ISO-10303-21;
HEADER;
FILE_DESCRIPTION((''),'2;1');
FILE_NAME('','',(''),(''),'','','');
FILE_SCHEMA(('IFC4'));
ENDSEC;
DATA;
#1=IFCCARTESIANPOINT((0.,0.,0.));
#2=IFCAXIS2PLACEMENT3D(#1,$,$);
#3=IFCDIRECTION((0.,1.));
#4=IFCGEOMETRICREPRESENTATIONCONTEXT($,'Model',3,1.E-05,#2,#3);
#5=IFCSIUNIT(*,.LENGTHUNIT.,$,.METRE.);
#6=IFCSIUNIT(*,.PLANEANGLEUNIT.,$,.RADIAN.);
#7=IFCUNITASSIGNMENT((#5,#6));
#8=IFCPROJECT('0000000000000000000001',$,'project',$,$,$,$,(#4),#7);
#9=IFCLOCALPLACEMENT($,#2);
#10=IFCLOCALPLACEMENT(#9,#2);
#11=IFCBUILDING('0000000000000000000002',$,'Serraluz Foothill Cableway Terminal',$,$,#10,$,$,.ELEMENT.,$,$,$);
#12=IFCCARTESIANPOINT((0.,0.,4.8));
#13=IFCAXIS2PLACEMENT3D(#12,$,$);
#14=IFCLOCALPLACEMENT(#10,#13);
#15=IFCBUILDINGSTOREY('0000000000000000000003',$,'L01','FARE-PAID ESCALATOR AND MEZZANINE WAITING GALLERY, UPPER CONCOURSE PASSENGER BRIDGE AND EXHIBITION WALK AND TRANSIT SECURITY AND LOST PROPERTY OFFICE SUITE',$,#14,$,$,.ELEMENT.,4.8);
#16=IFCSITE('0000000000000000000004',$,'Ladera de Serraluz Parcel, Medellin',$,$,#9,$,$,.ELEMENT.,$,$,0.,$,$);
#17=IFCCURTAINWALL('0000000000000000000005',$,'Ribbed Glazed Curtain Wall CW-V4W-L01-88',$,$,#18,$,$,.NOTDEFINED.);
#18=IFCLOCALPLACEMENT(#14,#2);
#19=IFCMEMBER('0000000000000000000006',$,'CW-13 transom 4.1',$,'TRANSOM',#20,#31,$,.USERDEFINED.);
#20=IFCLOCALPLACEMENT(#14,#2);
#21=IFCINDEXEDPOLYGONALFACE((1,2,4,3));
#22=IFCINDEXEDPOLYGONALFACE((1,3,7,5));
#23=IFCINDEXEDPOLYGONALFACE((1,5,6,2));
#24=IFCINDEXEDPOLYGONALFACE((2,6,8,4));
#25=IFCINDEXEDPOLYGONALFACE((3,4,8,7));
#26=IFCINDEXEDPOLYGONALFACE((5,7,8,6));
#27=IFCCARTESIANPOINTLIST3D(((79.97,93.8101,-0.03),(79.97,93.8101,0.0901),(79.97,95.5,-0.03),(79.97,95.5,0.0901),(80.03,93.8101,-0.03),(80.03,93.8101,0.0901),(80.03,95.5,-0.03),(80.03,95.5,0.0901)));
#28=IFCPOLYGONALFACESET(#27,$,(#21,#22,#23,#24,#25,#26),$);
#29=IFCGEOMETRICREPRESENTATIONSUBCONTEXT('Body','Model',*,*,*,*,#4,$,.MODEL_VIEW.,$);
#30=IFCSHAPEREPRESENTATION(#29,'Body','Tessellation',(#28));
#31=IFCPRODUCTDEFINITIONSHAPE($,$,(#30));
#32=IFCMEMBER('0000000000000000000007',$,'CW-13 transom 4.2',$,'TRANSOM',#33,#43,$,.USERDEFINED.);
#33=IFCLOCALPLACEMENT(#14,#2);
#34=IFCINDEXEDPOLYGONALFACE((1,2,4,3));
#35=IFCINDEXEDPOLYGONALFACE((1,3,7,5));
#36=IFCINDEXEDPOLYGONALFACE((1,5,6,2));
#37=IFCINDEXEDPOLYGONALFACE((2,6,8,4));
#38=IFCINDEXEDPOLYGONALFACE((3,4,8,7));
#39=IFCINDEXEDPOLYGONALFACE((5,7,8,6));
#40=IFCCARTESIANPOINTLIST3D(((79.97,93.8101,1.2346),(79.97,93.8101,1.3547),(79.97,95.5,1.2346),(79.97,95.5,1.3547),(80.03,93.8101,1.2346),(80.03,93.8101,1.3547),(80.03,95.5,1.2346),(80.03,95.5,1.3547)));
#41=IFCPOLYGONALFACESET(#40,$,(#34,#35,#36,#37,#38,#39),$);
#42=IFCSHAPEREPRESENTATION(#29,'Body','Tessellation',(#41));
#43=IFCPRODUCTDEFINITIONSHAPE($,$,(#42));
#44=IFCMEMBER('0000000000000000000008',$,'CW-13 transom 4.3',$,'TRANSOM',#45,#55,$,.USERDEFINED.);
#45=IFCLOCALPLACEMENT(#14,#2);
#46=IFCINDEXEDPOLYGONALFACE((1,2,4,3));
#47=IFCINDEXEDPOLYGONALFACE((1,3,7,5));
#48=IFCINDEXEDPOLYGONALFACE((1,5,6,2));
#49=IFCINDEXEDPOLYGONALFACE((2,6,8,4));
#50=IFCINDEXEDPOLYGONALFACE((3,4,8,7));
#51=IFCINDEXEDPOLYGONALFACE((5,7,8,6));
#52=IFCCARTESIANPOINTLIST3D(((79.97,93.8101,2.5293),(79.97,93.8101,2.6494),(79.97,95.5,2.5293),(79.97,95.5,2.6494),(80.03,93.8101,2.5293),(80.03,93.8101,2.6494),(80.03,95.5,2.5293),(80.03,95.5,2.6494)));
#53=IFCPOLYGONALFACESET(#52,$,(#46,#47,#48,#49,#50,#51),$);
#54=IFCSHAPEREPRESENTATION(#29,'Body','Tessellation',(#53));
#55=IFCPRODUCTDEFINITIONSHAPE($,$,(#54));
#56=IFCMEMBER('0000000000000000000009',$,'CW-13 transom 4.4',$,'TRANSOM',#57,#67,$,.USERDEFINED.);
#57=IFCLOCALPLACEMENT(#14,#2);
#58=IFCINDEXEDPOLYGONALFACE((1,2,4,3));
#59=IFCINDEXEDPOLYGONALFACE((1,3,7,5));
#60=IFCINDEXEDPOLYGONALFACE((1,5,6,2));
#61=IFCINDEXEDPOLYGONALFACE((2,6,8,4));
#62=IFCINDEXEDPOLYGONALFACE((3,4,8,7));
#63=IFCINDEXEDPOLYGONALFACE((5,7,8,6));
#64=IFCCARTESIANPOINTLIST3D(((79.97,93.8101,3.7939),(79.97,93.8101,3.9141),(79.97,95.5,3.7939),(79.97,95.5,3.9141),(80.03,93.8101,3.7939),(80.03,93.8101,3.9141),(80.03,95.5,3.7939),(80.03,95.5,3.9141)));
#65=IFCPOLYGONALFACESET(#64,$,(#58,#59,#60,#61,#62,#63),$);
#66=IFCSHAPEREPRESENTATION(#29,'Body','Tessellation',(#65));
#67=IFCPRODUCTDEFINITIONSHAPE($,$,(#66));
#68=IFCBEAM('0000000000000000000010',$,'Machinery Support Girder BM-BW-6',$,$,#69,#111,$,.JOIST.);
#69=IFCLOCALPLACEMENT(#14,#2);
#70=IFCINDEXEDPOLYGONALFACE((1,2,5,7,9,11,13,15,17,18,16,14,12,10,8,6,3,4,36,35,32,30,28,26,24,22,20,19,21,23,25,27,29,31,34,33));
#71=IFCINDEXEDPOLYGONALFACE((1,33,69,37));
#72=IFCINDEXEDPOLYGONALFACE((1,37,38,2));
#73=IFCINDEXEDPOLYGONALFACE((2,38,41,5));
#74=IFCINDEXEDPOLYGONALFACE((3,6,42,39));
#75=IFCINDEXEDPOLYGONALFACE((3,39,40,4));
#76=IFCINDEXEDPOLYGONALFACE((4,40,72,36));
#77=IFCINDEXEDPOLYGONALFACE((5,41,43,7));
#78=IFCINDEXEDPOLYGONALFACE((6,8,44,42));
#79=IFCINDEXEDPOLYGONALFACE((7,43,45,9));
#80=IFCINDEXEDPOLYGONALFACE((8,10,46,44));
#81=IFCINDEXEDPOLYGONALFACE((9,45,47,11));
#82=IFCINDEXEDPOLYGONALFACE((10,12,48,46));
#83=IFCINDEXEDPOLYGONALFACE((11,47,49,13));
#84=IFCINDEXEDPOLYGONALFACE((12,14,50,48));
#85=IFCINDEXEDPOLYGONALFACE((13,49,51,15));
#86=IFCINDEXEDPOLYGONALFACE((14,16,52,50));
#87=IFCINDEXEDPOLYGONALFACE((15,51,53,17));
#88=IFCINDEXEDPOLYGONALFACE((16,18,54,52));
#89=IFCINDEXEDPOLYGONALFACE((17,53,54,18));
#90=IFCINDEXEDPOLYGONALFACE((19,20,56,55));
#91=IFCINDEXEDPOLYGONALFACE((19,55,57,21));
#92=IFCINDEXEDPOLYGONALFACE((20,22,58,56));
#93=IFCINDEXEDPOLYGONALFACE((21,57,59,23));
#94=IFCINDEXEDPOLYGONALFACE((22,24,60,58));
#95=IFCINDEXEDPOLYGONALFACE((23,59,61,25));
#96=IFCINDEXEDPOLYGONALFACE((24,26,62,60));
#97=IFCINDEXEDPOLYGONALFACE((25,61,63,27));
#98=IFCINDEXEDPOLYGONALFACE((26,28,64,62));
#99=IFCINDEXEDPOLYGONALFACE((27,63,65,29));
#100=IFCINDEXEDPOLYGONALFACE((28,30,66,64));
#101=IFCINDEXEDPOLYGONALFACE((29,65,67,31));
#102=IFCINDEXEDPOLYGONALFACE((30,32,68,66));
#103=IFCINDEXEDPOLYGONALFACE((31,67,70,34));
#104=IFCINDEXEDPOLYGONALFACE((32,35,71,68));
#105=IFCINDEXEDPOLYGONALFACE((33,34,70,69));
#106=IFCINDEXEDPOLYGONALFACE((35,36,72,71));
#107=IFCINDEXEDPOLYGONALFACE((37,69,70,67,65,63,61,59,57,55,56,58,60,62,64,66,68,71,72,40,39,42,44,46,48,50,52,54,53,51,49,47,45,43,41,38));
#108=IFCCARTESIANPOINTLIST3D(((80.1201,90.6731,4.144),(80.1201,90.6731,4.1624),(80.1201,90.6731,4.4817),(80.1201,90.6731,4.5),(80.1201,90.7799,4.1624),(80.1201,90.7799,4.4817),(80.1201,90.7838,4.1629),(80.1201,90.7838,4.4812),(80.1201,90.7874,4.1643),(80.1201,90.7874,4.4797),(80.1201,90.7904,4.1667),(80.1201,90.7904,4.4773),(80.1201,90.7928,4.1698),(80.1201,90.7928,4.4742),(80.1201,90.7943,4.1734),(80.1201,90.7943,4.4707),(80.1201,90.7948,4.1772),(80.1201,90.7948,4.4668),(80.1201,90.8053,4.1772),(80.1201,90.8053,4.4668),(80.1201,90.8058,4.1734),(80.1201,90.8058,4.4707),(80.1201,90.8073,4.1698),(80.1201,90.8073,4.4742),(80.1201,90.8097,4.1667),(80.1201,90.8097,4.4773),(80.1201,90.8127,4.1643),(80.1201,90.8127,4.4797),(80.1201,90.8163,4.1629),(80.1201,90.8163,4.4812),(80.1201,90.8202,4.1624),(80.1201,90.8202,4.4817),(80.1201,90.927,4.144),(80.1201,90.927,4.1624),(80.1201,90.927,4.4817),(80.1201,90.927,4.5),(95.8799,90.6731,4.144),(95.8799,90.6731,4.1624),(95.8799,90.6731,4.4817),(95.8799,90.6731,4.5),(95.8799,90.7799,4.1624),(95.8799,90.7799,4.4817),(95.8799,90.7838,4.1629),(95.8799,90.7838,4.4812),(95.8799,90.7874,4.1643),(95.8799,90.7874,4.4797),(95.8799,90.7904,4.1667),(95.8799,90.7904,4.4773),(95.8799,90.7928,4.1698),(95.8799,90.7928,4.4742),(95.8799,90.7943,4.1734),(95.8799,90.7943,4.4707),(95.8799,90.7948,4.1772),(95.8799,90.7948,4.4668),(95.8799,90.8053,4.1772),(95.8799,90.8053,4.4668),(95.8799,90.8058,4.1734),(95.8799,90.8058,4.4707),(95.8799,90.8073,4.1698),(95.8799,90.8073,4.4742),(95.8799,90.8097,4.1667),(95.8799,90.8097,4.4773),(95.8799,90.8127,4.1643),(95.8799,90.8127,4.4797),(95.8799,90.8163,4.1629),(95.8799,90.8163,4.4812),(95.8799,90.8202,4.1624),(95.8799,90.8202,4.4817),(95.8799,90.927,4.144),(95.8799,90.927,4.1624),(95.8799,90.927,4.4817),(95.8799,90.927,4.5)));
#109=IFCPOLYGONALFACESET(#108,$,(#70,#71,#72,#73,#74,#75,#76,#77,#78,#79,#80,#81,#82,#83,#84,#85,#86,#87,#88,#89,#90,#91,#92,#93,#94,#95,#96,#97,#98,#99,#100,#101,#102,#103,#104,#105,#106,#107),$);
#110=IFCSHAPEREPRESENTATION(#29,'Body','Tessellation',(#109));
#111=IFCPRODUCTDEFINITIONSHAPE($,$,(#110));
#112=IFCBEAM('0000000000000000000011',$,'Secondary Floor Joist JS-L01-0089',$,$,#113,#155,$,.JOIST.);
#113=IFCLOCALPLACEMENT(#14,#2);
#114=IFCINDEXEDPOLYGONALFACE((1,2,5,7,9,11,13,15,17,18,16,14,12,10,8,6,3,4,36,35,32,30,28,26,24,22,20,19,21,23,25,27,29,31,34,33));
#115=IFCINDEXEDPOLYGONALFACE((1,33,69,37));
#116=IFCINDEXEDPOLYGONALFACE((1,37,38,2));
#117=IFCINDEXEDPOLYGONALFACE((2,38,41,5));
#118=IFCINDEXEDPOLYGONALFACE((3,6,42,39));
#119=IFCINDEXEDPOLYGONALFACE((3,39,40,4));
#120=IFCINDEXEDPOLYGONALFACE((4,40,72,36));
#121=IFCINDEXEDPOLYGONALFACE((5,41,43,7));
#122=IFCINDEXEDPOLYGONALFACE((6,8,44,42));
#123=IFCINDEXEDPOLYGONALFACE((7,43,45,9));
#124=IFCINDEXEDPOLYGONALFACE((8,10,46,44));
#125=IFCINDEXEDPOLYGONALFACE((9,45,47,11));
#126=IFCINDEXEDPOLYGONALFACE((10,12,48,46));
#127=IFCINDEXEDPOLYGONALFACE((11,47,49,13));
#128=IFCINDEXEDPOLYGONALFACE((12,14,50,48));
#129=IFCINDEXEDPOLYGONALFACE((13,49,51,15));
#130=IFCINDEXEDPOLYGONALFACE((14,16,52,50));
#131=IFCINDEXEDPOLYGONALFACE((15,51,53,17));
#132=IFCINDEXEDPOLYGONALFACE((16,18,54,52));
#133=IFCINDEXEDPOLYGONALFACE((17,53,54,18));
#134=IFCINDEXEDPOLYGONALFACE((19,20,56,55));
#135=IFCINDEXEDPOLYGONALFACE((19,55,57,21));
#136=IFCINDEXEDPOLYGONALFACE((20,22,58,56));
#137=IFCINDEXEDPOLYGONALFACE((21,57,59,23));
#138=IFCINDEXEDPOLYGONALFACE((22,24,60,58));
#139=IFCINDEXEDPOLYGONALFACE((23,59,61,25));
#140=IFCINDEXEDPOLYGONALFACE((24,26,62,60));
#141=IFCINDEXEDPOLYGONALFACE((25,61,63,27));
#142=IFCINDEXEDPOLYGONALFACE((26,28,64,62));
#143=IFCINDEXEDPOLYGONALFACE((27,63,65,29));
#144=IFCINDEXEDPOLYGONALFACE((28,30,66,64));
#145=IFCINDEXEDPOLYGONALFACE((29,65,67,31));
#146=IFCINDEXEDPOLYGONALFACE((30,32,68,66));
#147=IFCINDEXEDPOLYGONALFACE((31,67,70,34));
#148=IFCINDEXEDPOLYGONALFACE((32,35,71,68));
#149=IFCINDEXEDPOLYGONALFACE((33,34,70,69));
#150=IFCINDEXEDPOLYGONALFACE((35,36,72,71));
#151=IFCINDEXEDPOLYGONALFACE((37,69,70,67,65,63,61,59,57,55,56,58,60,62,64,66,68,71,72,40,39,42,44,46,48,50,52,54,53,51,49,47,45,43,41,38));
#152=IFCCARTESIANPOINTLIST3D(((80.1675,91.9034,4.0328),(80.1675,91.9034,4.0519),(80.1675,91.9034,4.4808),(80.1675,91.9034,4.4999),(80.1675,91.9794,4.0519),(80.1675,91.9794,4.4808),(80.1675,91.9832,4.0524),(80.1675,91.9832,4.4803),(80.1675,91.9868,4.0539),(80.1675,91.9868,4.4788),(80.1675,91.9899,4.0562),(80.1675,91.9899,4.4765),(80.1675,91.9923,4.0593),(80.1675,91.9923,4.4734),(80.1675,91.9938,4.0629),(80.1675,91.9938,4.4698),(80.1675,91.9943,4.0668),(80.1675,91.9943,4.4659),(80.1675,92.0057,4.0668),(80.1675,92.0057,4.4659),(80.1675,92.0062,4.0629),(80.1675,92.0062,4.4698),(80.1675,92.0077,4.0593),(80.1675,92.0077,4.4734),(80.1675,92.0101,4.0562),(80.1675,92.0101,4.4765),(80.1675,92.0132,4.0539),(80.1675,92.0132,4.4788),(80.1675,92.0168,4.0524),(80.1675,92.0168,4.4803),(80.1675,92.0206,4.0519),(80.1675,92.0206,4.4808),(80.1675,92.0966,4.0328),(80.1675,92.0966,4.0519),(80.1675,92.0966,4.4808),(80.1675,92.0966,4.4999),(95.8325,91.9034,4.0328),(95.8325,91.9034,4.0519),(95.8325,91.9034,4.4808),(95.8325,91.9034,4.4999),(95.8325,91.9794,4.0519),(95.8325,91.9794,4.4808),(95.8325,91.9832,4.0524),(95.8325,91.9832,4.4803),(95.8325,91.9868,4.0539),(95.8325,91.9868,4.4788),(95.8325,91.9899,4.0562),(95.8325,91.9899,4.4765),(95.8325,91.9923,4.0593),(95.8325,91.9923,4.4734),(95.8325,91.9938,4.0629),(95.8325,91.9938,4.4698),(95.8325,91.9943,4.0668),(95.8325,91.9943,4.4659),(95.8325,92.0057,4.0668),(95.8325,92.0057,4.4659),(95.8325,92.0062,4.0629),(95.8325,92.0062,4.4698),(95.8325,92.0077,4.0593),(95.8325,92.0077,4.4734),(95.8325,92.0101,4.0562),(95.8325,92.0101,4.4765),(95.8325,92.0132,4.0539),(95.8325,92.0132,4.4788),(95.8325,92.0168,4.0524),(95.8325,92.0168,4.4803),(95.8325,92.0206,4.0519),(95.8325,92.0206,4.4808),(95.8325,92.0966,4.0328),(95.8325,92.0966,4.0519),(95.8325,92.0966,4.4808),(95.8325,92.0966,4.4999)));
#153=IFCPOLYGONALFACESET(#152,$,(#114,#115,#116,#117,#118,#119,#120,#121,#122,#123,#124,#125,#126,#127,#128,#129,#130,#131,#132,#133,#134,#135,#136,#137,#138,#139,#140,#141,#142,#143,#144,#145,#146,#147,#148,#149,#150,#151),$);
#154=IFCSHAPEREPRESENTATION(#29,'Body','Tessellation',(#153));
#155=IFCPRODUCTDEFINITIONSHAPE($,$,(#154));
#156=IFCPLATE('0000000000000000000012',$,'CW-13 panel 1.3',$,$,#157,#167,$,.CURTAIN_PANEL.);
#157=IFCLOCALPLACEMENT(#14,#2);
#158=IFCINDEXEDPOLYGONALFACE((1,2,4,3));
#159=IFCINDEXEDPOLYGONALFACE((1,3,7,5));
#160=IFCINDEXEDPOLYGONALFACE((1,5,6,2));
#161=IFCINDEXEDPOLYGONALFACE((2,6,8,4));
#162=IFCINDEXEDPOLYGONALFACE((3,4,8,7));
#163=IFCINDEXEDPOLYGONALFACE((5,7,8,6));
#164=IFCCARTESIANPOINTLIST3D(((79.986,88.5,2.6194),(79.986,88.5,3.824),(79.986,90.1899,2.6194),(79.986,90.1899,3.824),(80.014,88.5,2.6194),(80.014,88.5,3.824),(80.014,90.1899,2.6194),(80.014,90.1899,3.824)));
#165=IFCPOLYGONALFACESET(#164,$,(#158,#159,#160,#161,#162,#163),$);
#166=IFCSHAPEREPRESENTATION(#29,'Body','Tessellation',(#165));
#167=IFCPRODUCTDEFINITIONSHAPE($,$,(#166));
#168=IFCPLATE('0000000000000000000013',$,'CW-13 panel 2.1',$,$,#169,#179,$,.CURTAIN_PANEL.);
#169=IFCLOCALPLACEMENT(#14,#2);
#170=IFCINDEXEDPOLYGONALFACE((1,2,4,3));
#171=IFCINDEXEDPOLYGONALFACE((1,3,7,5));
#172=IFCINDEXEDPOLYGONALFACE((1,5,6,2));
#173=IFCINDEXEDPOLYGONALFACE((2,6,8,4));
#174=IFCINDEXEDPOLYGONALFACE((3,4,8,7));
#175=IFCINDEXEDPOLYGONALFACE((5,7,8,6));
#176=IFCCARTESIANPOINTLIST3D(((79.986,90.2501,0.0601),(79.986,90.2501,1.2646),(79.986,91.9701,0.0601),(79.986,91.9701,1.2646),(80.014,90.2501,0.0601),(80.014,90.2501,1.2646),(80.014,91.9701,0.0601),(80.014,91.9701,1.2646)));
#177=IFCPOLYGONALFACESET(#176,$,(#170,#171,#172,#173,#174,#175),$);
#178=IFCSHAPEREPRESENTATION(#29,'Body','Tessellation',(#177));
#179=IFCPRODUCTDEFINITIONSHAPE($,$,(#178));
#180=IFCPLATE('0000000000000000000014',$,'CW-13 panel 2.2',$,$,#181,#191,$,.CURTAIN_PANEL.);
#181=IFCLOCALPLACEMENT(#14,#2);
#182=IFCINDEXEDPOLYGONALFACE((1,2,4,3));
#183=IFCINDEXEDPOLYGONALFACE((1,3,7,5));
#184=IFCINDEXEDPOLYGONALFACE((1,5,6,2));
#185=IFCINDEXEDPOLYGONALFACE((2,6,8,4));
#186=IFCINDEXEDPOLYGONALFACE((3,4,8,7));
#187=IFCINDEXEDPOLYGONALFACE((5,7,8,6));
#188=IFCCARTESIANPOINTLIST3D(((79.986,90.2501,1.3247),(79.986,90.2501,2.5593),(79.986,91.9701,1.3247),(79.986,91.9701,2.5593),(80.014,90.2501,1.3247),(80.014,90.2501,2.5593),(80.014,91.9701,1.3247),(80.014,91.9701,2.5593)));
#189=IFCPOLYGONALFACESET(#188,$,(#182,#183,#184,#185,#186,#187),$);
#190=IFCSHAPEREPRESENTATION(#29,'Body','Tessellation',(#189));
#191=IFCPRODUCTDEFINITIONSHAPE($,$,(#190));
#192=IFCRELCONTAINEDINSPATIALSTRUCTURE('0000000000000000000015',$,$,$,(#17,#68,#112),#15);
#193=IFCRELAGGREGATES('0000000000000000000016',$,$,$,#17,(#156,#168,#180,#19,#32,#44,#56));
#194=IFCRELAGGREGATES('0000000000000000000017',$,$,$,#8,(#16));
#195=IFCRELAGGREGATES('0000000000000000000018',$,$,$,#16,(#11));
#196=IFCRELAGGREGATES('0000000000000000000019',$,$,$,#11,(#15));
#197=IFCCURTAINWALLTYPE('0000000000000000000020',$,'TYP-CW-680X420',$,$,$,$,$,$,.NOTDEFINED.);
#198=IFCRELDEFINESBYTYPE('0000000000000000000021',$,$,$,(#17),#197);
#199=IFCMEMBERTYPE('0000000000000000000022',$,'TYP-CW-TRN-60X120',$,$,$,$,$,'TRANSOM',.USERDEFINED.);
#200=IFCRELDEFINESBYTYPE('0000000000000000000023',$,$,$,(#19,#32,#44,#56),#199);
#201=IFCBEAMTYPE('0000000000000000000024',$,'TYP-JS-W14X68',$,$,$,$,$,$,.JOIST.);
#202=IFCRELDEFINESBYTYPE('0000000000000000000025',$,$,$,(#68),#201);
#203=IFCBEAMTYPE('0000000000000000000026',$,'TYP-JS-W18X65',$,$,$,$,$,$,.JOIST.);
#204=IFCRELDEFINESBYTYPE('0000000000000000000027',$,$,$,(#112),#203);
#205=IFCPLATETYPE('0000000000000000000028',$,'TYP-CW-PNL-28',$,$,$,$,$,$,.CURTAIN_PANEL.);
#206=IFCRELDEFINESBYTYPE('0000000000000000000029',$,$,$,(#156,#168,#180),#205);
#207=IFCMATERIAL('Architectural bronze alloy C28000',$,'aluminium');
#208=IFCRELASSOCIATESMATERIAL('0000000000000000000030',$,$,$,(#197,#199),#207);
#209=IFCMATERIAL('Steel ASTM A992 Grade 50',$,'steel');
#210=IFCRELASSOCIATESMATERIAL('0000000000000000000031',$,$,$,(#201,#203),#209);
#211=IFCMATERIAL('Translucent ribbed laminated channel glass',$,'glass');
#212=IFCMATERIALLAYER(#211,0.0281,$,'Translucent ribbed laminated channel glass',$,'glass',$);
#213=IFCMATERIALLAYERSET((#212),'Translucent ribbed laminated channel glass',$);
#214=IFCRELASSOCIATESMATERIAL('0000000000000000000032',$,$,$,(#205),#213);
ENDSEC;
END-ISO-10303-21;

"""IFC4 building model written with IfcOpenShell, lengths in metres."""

from ifc_helpers import new_model, si_unit, direction, frame, origin, origin_2d, place, context, subcontext, project, spatial, rectangle, i_section, extrude, material, layer, layer_set, material_profile, profile_set, type_object, element, aggregate, save


model = new_model("IFC4")

# Units and contexts
model_context = context("Model", 3, precision=1e-05, world=origin(), true_north=direction((0.0, 1.0)))
body_context = subcontext(model_context, "Body", "Model", "MODEL_VIEW")
ifc_project = project(units=[si_unit("LENGTHUNIT", "METRE"), si_unit("PLANEANGLEUNIT", "RADIAN")], contexts=[model_context])

# Site, building, storey
site_placement = place(None, origin())
site = spatial("IfcSite", under=ifc_project, at=site_placement, Name="Ladera de Serraluz Parcel, Medellin", CompositionType="ELEMENT", RefElevation=0.0)
building_placement = place(site_placement, origin())
building = spatial("IfcBuilding", under=site, at=building_placement, Name="Serraluz Foothill Cableway Terminal", CompositionType="ELEMENT")
storey_placement = place(building_placement, frame((0.0, 0.0, 4.8)))
storey = spatial("IfcBuildingStorey", under=building, at=storey_placement, Name="L01", Description="FARE-PAID ESCALATOR AND MEZZANINE WAITING GALLERY, UPPER CONCOURSE PASSENGER BRIDGE AND EXHIBITION WALK AND TRANSIT SECURITY AND LOST PROPERTY OFFICE SUITE", CompositionType="ELEMENT", Elevation=4.8)

# Curtain wall, members
ifc_material_1 = material(Name="Architectural bronze alloy C28000", Category="aluminium")
curtain_wall_type = type_object("IfcCurtainWallType", Name="TYP-CW-680X420", PredefinedType="NOTDEFINED", material=ifc_material_1)
curtain_wall_placement = place(storey_placement, origin())
curtain_wall = element("IfcCurtainWall", 1, at=curtain_wall_placement, inside=storey, type_object=curtain_wall_type, Name="Ribbed Glazed Curtain Wall CW-V4W-L01-88", PredefinedType="NOTDEFINED")
ifc_material_profile_1 = material_profile(ifc_material_1, rectangle(XDim=0.0601, YDim=0.1201, at=origin_2d()), Name="ALU TRANSOM 60x120")
ifc_profile_set_1 = profile_set([ifc_material_profile_1], Name="Architectural bronze alloy C28000")
member_type_1 = type_object("IfcMemberType", Name="TYP-CW-TRN-60X120", ElementType="TRANSOM", PredefinedType="USERDEFINED", material=ifc_profile_set_1)
member_1_placement = place(storey_placement, frame((80.0, 93.8101, 0.03), z_axis=(0.0, 1.0, 0.0), x_axis=(-1.0, 0.0, 0.0)))
member_1 = element("IfcMember", 2, at=member_1_placement, type_object=member_type_1, Name="CW-13 transom 4.1", ObjectType="TRANSOM", PredefinedType="USERDEFINED", context=body_context, shape_type="SweptSolid", body=[
    extrude(rectangle(XDim=0.0601, YDim=0.1201, at=origin_2d()), origin(), (0.0, 0.0, 1.0), 1.6899),
])
member_2_placement = place(storey_placement, frame((80.0, 93.8101, 1.2947), z_axis=(0.0, 1.0, 0.0), x_axis=(-1.0, 0.0, 0.0)))
member_2 = element("IfcMember", 3, at=member_2_placement, type_object=member_type_1, Name="CW-13 transom 4.2", ObjectType="TRANSOM", PredefinedType="USERDEFINED", context=body_context, shape_type="SweptSolid", body=[
    extrude(rectangle(XDim=0.0601, YDim=0.1201, at=origin_2d()), origin(), (0.0, 0.0, 1.0), 1.6899),
])
member_3_placement = place(storey_placement, frame((80.0, 93.8101, 2.5894), z_axis=(0.0, 1.0, 0.0), x_axis=(-1.0, 0.0, 0.0)))
member_3 = element("IfcMember", 4, at=member_3_placement, type_object=member_type_1, Name="CW-13 transom 4.3", ObjectType="TRANSOM", PredefinedType="USERDEFINED", context=body_context, shape_type="SweptSolid", body=[
    extrude(rectangle(XDim=0.0601, YDim=0.1201, at=origin_2d()), origin(), (0.0, 0.0, 1.0), 1.6899),
])
member_4_placement = place(storey_placement, frame((80.0, 93.8101, 3.854), z_axis=(0.0, 1.0, 0.0), x_axis=(-1.0, 0.0, 0.0)))
member_4 = element("IfcMember", 5, at=member_4_placement, type_object=member_type_1, Name="CW-13 transom 4.4", ObjectType="TRANSOM", PredefinedType="USERDEFINED", context=body_context, shape_type="SweptSolid", body=[
    extrude(rectangle(XDim=0.0601, YDim=0.1201, at=origin_2d()), origin(), (0.0, 0.0, 1.0), 1.6899),
])

# Beams
ifc_material_2 = material(Name="Steel ASTM A992 Grade 50", Category="steel")
ifc_material_profile_2 = material_profile(ifc_material_2, i_section(OverallWidth=0.2539, OverallDepth=0.356, WebThickness=0.0105, FlangeThickness=0.0183, FilletRadius=0.0149, at=origin_2d()), Name="W14X68")
ifc_profile_set_2 = profile_set([ifc_material_profile_2], Name="Steel ASTM A992 Grade 50")
beam_type_1 = type_object("IfcBeamType", Name="TYP-JS-W14X68", PredefinedType="JOIST", material=ifc_profile_set_2)
beam_1_placement = place(storey_placement, frame((80.1201, 90.8, 4.322), z_axis=(1.0, 0.0, 0.0), x_axis=(0.0, 1.0, 0.0)))
element("IfcBeam", 6, at=beam_1_placement, inside=storey, type_object=beam_type_1, Name="Machinery Support Girder BM-BW-6", PredefinedType="JOIST", context=body_context, shape_type="SweptSolid", body=[
    extrude(i_section(OverallWidth=0.2539, OverallDepth=0.356, WebThickness=0.0105, FlangeThickness=0.0183, FilletRadius=0.0149, at=origin_2d()), origin(), (0.0, 0.0, 1.0), 15.7598),
])
ifc_material_profile_3 = material_profile(ifc_material_2, i_section(OverallWidth=0.1931, OverallDepth=0.467, WebThickness=0.0115, FlangeThickness=0.019, FilletRadius=0.0149, at=origin_2d()), Name="W18X65")
ifc_profile_set_3 = profile_set([ifc_material_profile_3], Name="Steel ASTM A992 Grade 50")
beam_type_2 = type_object("IfcBeamType", Name="TYP-JS-W18X65", PredefinedType="JOIST", material=ifc_profile_set_3)
beam_2_placement = place(storey_placement, frame((80.1675, 92.0, 4.2664), z_axis=(1.0, 0.0, 0.0), x_axis=(0.0, 1.0, 0.0)))
element("IfcBeam", 7, at=beam_2_placement, inside=storey, type_object=beam_type_2, Name="Secondary Floor Joist JS-L01-0089", PredefinedType="JOIST", context=body_context, shape_type="SweptSolid", body=[
    extrude(i_section(OverallWidth=0.1931, OverallDepth=0.467, WebThickness=0.0115, FlangeThickness=0.019, FilletRadius=0.0149, at=origin_2d()), origin(), (0.0, 0.0, 1.0), 15.665),
])

# Plates
ifc_material_3 = material(Name="Translucent ribbed laminated channel glass", Category="glass")
ifc_layer_1 = layer(ifc_material_3, 0.0281, Name="Translucent ribbed laminated channel glass", Category="glass")
ifc_layer_set_1 = layer_set([ifc_layer_1], Name="Translucent ribbed laminated channel glass")
plate_type = type_object("IfcPlateType", Name="TYP-CW-PNL-28", PredefinedType="CURTAIN_PANEL", material=ifc_layer_set_1)
plate_1_placement = place(storey_placement, frame((80.0, 89.345, 2.6194), z_axis=(0.0, 0.0, 1.0), x_axis=(0.0, 1.0, 0.0)))
plate_1 = element("IfcPlate", 8, at=plate_1_placement, type_object=plate_type, Name="CW-13 panel 1.3", PredefinedType="CURTAIN_PANEL", context=body_context, shape_type="SweptSolid", body=[
    extrude(rectangle(XDim=1.6899, YDim=0.0281, at=origin_2d()), origin(), (0.0, 0.0, 1.0), 1.2046),
])
plate_2_placement = place(storey_placement, frame((80.0, 91.1101, 0.0601), z_axis=(0.0, 0.0, 1.0), x_axis=(0.0, 1.0, 0.0)))
plate_2 = element("IfcPlate", 9, at=plate_2_placement, type_object=plate_type, Name="CW-13 panel 2.1", PredefinedType="CURTAIN_PANEL", context=body_context, shape_type="SweptSolid", body=[
    extrude(rectangle(XDim=1.72, YDim=0.0281, at=origin_2d()), origin(), (0.0, 0.0, 1.0), 1.2046),
])
plate_3_placement = place(storey_placement, frame((80.0, 91.1101, 1.3247), z_axis=(0.0, 0.0, 1.0), x_axis=(0.0, 1.0, 0.0)))
plate_3 = element("IfcPlate", 10, at=plate_3_placement, type_object=plate_type, Name="CW-13 panel 2.2", PredefinedType="CURTAIN_PANEL", context=body_context, shape_type="SweptSolid", body=[
    extrude(rectangle(XDim=1.72, YDim=0.0281, at=origin_2d()), origin(), (0.0, 0.0, 1.0), 1.2346),
])
aggregate(curtain_wall, [plate_1, plate_2, plate_3, member_1, member_2, member_3, member_4])

save(model, "model.ifc")
